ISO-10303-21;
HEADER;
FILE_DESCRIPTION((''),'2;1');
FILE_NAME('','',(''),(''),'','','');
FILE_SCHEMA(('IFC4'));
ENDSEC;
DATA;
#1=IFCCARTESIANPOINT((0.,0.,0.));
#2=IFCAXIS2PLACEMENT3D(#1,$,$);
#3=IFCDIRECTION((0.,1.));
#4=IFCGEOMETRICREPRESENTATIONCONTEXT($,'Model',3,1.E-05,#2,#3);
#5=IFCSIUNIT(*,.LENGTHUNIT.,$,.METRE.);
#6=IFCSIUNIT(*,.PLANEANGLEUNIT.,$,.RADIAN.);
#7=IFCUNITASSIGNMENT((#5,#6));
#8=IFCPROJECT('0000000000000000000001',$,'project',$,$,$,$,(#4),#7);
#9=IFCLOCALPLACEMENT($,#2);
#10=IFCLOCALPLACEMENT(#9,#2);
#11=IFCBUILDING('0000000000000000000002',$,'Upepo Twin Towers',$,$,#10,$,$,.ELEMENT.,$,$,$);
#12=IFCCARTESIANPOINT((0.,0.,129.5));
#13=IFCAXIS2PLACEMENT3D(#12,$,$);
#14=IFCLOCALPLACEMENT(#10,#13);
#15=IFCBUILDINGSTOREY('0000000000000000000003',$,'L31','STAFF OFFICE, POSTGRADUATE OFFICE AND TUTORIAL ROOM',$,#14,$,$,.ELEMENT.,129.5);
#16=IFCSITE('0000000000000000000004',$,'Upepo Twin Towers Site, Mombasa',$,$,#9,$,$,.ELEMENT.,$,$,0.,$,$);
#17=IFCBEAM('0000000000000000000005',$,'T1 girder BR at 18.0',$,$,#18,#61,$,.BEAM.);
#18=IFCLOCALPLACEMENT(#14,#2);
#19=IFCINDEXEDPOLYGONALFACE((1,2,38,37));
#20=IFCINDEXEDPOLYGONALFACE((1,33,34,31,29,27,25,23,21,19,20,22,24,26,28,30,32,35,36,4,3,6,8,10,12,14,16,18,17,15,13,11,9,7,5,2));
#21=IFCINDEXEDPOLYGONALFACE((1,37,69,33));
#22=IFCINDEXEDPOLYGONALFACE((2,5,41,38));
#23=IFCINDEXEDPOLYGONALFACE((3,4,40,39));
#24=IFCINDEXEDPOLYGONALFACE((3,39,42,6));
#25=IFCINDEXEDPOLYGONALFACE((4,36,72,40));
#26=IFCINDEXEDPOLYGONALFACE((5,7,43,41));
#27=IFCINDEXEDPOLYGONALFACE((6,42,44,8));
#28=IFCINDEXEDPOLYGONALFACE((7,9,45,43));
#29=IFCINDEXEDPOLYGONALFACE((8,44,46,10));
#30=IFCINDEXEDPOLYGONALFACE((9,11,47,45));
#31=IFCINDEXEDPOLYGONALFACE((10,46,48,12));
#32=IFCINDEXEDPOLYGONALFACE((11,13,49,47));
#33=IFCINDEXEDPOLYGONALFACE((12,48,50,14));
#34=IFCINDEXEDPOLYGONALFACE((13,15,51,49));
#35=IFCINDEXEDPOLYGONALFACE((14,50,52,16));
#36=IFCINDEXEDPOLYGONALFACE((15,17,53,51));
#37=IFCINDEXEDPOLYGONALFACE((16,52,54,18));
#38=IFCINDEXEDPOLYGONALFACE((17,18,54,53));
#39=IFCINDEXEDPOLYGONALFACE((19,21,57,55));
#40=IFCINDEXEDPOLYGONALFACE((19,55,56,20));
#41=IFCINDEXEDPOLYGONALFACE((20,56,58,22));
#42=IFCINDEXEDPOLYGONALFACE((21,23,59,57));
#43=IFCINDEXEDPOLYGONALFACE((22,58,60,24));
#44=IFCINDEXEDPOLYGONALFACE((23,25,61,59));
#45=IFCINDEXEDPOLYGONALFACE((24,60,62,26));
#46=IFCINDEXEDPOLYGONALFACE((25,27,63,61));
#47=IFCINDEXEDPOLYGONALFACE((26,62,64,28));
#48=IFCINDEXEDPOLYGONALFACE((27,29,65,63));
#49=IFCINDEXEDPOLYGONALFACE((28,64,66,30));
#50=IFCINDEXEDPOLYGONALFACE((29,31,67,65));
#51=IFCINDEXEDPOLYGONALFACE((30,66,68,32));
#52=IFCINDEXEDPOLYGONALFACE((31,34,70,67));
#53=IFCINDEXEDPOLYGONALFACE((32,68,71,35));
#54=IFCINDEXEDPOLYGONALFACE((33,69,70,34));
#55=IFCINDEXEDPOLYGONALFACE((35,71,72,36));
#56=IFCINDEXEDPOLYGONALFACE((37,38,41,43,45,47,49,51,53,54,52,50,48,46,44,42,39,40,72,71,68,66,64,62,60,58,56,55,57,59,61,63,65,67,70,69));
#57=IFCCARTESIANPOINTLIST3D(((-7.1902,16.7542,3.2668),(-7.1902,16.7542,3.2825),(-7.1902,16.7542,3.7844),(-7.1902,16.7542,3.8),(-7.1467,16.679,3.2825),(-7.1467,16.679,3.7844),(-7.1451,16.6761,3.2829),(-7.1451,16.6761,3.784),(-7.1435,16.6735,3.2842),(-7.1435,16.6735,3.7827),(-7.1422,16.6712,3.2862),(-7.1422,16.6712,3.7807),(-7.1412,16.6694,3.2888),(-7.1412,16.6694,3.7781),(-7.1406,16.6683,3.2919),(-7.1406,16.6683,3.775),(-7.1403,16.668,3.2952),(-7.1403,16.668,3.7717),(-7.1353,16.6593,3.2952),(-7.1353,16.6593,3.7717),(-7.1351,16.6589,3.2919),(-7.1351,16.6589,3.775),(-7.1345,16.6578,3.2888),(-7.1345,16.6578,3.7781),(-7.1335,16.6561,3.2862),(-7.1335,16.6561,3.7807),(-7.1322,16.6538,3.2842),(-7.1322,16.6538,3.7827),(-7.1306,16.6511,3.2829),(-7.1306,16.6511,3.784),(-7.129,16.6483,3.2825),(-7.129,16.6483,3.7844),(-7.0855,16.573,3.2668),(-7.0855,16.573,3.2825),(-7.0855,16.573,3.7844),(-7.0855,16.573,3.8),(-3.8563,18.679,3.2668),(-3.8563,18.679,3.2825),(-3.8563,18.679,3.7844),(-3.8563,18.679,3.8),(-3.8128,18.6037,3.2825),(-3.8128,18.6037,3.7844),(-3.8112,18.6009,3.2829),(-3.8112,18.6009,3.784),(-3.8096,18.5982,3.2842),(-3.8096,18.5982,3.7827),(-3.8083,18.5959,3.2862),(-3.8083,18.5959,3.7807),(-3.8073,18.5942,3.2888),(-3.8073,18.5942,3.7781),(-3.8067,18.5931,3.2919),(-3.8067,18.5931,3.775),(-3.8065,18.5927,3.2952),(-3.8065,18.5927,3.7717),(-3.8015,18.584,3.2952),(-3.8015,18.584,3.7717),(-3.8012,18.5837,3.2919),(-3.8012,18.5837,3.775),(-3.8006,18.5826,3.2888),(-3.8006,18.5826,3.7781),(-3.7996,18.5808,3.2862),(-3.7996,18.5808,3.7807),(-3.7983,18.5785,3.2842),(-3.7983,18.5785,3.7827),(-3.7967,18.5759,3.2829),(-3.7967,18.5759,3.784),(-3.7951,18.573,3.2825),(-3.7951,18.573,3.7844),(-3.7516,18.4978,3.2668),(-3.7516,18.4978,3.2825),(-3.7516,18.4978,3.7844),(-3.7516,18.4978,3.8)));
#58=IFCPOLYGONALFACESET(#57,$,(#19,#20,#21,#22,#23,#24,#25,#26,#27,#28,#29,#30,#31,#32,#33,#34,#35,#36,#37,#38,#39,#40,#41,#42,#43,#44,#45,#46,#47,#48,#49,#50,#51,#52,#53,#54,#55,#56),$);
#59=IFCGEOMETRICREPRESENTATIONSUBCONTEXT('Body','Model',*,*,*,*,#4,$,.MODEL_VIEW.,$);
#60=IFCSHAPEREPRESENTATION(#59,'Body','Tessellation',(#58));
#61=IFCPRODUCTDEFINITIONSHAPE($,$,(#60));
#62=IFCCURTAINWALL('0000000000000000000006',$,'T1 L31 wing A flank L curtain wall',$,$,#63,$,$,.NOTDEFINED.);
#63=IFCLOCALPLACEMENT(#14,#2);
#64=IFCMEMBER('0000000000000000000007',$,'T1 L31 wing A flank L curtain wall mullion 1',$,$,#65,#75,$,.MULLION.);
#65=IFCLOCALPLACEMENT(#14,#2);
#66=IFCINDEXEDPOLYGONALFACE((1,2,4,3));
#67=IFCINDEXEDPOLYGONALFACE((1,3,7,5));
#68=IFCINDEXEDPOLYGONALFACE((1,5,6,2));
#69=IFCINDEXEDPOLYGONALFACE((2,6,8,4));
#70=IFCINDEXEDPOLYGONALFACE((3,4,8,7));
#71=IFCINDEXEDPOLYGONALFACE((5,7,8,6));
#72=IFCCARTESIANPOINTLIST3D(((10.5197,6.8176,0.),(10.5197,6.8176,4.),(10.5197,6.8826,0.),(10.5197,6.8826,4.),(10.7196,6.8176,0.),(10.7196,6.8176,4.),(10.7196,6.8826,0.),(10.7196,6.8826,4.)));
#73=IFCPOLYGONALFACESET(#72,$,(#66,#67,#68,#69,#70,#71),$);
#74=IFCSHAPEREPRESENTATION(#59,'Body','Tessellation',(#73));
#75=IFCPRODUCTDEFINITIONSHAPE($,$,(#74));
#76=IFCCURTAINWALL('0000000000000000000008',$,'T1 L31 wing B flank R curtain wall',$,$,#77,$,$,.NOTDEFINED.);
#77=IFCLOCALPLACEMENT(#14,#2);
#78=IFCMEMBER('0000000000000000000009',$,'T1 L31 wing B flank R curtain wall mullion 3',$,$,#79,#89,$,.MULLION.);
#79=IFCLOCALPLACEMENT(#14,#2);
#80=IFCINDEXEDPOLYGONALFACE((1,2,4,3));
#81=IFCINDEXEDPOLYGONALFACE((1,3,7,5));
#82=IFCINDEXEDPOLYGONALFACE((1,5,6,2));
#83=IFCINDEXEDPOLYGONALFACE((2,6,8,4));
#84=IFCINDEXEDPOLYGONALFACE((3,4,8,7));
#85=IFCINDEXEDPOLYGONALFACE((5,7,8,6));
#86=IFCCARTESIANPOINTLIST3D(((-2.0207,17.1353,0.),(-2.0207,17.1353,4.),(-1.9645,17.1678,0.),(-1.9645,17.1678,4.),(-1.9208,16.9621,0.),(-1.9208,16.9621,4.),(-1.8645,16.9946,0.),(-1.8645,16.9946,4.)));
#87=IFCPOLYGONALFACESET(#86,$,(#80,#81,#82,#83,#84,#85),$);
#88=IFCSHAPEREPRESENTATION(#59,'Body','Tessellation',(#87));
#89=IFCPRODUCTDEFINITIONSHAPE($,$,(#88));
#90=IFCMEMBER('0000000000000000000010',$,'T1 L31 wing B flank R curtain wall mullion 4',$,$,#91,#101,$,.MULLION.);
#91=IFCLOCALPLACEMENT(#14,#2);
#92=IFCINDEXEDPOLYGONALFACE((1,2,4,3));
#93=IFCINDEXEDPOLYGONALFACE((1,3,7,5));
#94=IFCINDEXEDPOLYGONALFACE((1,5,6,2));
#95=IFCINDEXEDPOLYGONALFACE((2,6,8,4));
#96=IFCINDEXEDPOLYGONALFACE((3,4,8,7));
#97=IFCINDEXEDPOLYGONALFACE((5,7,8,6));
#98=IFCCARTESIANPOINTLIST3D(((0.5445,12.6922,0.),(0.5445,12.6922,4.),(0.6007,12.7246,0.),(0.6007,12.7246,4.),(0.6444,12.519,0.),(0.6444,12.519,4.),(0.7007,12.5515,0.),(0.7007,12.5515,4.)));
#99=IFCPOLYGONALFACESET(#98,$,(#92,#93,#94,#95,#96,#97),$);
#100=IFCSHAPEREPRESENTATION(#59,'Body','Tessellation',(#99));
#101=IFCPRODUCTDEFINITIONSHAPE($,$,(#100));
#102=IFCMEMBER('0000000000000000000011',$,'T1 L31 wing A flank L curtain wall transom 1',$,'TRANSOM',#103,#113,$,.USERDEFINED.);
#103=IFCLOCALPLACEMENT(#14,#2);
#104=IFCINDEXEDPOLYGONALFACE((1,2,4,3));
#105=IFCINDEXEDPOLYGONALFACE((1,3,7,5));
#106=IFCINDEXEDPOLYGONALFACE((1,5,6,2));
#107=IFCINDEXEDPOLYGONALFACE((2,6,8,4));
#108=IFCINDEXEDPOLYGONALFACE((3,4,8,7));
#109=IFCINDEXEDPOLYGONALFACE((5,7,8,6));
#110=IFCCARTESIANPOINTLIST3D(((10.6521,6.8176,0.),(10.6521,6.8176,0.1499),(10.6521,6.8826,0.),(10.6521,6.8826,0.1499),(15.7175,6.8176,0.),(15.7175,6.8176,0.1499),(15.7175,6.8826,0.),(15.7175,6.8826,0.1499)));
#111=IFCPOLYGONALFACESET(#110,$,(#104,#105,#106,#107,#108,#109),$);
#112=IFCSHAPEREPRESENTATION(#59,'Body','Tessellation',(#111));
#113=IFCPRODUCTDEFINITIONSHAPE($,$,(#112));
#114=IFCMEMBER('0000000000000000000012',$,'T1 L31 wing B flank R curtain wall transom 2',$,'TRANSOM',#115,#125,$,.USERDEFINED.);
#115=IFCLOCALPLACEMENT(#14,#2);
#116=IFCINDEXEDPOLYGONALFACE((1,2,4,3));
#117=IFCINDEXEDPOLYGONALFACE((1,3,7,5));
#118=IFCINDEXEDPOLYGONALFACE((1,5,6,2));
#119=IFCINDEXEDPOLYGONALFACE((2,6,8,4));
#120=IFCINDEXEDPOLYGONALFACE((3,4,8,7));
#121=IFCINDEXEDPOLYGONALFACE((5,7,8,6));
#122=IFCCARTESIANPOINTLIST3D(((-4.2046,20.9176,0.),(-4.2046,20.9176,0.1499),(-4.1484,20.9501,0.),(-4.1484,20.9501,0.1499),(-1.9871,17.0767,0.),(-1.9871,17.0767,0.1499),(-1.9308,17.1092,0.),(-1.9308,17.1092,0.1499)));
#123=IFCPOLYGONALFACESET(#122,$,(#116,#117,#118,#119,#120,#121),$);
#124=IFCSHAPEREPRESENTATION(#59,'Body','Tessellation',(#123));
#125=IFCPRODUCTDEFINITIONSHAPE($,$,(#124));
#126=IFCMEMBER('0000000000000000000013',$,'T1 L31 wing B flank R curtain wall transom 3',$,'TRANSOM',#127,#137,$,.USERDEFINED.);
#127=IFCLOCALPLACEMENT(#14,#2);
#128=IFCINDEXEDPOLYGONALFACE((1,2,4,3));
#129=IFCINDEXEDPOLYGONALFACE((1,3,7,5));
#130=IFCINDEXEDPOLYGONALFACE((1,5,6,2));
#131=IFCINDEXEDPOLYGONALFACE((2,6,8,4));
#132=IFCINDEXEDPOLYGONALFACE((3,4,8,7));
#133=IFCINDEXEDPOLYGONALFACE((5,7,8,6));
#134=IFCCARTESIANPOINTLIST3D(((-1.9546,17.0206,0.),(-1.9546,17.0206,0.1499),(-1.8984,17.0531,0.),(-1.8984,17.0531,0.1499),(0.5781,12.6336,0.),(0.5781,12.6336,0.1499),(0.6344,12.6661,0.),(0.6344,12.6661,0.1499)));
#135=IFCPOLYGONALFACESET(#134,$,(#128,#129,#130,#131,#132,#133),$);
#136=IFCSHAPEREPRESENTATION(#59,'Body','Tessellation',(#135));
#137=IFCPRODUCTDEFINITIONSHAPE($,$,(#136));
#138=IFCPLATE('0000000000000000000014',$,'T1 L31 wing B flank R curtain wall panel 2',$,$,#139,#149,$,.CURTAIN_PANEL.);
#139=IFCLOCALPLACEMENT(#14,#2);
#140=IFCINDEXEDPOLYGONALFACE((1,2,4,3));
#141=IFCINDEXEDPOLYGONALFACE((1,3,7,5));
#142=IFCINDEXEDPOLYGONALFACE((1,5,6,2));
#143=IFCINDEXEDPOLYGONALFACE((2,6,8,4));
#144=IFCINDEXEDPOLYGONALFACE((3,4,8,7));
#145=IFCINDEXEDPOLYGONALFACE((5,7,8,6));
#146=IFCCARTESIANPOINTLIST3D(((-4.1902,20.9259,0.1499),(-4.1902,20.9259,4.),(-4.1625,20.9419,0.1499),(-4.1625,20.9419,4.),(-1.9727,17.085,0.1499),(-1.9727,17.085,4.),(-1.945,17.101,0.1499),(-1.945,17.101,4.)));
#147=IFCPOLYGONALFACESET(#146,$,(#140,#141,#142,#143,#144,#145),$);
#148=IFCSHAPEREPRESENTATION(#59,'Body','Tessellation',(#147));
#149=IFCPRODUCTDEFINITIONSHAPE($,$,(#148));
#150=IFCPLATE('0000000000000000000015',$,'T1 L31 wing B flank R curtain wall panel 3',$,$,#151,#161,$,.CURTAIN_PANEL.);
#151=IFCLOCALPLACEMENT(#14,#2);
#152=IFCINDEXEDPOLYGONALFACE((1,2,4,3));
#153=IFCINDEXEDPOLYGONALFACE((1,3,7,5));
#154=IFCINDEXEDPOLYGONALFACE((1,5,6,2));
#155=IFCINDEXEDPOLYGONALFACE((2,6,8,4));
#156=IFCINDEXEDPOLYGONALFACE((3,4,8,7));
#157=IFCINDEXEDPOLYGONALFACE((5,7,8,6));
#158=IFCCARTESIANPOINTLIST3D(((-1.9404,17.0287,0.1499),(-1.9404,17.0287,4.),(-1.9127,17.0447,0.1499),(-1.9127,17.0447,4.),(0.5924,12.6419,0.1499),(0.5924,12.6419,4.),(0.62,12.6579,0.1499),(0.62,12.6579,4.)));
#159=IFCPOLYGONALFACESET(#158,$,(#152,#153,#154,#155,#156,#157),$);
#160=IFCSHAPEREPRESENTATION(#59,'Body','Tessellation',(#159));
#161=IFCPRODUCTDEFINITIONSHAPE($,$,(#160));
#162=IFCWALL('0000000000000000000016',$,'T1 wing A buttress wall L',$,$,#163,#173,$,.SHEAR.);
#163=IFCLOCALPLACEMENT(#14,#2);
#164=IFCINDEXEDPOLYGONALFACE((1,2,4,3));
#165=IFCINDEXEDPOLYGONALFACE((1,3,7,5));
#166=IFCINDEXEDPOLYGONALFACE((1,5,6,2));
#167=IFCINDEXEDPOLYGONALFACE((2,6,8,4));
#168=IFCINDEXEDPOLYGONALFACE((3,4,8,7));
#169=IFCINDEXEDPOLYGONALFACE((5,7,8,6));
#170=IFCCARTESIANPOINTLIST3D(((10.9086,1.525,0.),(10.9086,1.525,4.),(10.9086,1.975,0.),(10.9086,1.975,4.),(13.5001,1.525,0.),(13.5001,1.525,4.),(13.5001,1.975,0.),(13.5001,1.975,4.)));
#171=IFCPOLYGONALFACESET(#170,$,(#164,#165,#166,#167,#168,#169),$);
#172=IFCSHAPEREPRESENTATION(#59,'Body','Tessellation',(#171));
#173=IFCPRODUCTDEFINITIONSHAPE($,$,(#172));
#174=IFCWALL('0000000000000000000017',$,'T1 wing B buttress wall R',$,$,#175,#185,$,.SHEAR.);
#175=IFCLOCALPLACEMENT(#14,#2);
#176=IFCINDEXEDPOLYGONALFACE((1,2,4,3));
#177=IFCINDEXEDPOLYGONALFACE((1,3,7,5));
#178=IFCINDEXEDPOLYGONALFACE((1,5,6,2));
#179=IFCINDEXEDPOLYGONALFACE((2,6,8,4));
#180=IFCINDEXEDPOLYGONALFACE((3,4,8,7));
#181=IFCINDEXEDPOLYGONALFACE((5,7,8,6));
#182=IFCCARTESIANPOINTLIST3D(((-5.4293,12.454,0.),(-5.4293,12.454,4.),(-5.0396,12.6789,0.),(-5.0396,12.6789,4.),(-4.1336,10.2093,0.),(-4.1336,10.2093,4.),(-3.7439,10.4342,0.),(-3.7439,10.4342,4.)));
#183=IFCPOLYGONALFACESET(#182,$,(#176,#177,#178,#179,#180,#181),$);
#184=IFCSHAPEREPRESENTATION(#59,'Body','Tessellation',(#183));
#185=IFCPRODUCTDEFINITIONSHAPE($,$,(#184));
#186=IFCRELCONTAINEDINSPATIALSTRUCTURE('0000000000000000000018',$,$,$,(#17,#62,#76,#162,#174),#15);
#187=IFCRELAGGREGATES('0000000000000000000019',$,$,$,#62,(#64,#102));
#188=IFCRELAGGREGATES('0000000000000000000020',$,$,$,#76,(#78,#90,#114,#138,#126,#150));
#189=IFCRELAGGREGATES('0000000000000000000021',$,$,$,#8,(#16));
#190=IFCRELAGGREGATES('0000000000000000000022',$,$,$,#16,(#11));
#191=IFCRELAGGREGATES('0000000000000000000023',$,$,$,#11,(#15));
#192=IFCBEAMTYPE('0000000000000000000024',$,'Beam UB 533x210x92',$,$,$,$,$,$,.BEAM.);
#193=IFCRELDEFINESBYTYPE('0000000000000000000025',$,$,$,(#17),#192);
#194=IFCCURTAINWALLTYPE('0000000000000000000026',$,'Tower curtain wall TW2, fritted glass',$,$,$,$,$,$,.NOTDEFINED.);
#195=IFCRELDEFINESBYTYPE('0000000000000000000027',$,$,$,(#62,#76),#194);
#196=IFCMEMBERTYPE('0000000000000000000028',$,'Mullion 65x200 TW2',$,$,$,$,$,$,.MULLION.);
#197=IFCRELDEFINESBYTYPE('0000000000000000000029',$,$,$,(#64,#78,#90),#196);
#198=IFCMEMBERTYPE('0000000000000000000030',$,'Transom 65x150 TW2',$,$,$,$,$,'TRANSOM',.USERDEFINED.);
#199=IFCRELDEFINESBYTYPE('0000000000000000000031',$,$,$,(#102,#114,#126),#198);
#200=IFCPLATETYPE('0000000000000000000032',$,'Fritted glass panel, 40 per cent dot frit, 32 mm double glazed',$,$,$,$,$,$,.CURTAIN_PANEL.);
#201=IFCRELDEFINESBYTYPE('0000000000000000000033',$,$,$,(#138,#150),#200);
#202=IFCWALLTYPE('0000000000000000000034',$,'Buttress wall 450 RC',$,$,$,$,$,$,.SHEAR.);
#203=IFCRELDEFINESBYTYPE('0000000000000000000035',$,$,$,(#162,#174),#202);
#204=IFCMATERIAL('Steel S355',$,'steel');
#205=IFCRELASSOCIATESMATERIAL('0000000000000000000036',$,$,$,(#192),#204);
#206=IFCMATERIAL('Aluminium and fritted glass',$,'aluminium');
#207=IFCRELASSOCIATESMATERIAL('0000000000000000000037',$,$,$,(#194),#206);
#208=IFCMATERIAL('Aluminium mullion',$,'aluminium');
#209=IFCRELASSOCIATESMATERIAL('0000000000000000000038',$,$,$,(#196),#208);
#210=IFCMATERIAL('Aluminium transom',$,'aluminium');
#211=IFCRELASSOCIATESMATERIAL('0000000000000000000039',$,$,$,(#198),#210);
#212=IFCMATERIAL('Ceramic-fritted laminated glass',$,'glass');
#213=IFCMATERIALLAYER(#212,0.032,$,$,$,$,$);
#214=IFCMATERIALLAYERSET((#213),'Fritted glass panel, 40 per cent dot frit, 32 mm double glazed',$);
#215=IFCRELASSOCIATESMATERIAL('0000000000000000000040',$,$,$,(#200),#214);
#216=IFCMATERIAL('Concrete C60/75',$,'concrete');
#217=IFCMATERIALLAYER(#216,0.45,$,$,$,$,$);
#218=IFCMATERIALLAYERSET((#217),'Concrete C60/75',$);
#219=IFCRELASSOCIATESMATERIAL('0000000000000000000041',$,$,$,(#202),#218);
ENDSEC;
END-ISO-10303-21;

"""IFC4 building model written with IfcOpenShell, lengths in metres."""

from ifc_helpers import new_model, si_unit, direction, frame, frame_2d, origin, origin_2d, place, context, subcontext, project, spatial, rectangle, i_section, extrude, material, layer, layer_set, material_profile, profile_set, type_object, element, aggregate, save


model = new_model("IFC4")

# Units and contexts
model_context = context("Model", 3, precision=1e-05, world=origin(), true_north=direction((0.0, 1.0)))
body_context = subcontext(model_context, "Body", "Model", "MODEL_VIEW")
ifc_project = project(units=[si_unit("LENGTHUNIT", "METRE"), si_unit("PLANEANGLEUNIT", "RADIAN")], contexts=[model_context])

# Site, building, storey
site_placement = place(None, origin())
site = spatial("IfcSite", under=ifc_project, at=site_placement, Name="Upepo Twin Towers Site, Mombasa", CompositionType="ELEMENT", RefElevation=0.0)
building_placement = place(site_placement, origin())
building = spatial("IfcBuilding", under=site, at=building_placement, Name="Upepo Twin Towers", CompositionType="ELEMENT")
storey_placement = place(building_placement, frame((0.0, 0.0, 129.5)))
storey = spatial("IfcBuildingStorey", under=building, at=storey_placement, Name="L31", Description="STAFF OFFICE, POSTGRADUATE OFFICE AND TUTORIAL ROOM", CompositionType="ELEMENT", Elevation=129.5)

# Beam
ifc_material_1 = material(Name="Steel S355", Category="steel")
ifc_material_profile_1 = material_profile(ifc_material_1, i_section(OverallWidth=0.2092, OverallDepth=0.5332, WebThickness=0.01, FlangeThickness=0.0156, FilletRadius=0.0127, at=origin_2d()), Name="UB 533x210x92")
ifc_profile_set_1 = profile_set([ifc_material_profile_1], Name="Steel S355")
beam_type_1 = type_object("IfcBeamType", Name="Beam UB 533x210x92", PredefinedType="BEAM", material=ifc_profile_set_1)
beam_1_placement = place(storey_placement, frame((-3.804, 18.5884, 3.5334), z_axis=(-0.866034, -0.499986, 0.0), x_axis=(0.499986, -0.866034, 0.0)))
element("IfcBeam", 1, at=beam_1_placement, inside=storey, type_object=beam_type_1, Name="T1 girder BR at 18.0", PredefinedType="BEAM", context=body_context, shape_type="SweptSolid", body=[
    extrude(i_section(OverallWidth=0.2092, OverallDepth=0.5332, WebThickness=0.01, FlangeThickness=0.0156, FilletRadius=0.0127, at=origin_2d()), origin(), (0.0, 0.0, 1.0), 3.8496),
])

# Curtain wall, member
ifc_material_2 = material(Name="Aluminium and fritted glass", Category="aluminium")
curtain_wall_type = type_object("IfcCurtainWallType", Name="Tower curtain wall TW2, fritted glass", PredefinedType="NOTDEFINED", material=ifc_material_2)
curtain_wall_1_placement = place(storey_placement, origin())
curtain_wall_1 = element("IfcCurtainWall", 2, at=curtain_wall_1_placement, inside=storey, type_object=curtain_wall_type, Name="T1 L31 wing A flank L curtain wall", PredefinedType="NOTDEFINED")
ifc_material_3 = material(Name="Aluminium mullion", Category="aluminium")
ifc_material_profile_2 = material_profile(ifc_material_3, rectangle(XDim=0.0649, YDim=0.2, at=origin_2d()), Name="MULLION 65x200")
ifc_profile_set_2 = profile_set([ifc_material_profile_2], Name="Aluminium mullion")
member_type_1 = type_object("IfcMemberType", Name="Mullion 65x200 TW2", PredefinedType="MULLION", material=ifc_profile_set_2)
member_1_placement = place(storey_placement, frame((10.6196, 6.8501, 0.0), z_axis=(0.0, 0.0, 1.0), x_axis=(0.0, 1.0, 0.0)))
member_1 = element("IfcMember", 3, at=member_1_placement, type_object=member_type_1, Name="T1 L31 wing A flank L curtain wall mullion 1", PredefinedType="MULLION", context=body_context, shape_type="SweptSolid", body=[
    extrude(rectangle(XDim=0.0649, YDim=0.2, at=origin_2d()), origin(), (0.0, 0.0, 1.0), 4.0),
])

# Curtain wall, members
curtain_wall_2_placement = place(storey_placement, origin())
curtain_wall_2 = element("IfcCurtainWall", 4, at=curtain_wall_2_placement, inside=storey, type_object=curtain_wall_type, Name="T1 L31 wing B flank R curtain wall", PredefinedType="NOTDEFINED")
member_2_placement = place(storey_placement, frame((-1.9426, 17.0649, 0.0), z_axis=(0.0, 0.0, 1.0), x_axis=(0.866025, 0.5, 0.0)))
member_2 = element("IfcMember", 5, at=member_2_placement, type_object=member_type_1, Name="T1 L31 wing B flank R curtain wall mullion 3", PredefinedType="MULLION", context=body_context, shape_type="SweptSolid", body=[
    extrude(rectangle(XDim=0.0649, YDim=0.2, at=origin_2d()), origin(), (0.0, 0.0, 1.0), 4.0),
])
member_3_placement = place(storey_placement, frame((0.6226, 12.6218, 0.0), z_axis=(0.0, 0.0, 1.0), x_axis=(0.866025, 0.5, 0.0)))
member_3 = element("IfcMember", 6, at=member_3_placement, type_object=member_type_1, Name="T1 L31 wing B flank R curtain wall mullion 4", PredefinedType="MULLION", context=body_context, shape_type="SweptSolid", body=[
    extrude(rectangle(XDim=0.0649, YDim=0.2, at=origin_2d()), origin(), (0.0, 0.0, 1.0), 4.0),
])

# Members
ifc_material_4 = material(Name="Aluminium transom", Category="aluminium")
ifc_material_profile_3 = material_profile(ifc_material_4, rectangle(XDim=0.0649, YDim=0.1499, at=origin_2d()), Name="TRANSOM 65x150")
ifc_profile_set_3 = profile_set([ifc_material_profile_3], Name="Aluminium transom")
member_type_2 = type_object("IfcMemberType", Name="Transom 65x150 TW2", ElementType="TRANSOM", PredefinedType="USERDEFINED", material=ifc_profile_set_3)
member_4_placement = place(storey_placement, frame((10.6521, 6.8501, 0.075), z_axis=(1.0, 0.0, 0.0), x_axis=(0.0, 1.0, 0.0)))
member_4 = element("IfcMember", 7, at=member_4_placement, type_object=member_type_2, Name="T1 L31 wing A flank L curtain wall transom 1", ObjectType="TRANSOM", PredefinedType="USERDEFINED", context=body_context, shape_type="SweptSolid", body=[
    extrude(rectangle(XDim=0.0649, YDim=0.1499, at=origin_2d()), origin(), (0.0, 0.0, 1.0), 5.0654),
])
aggregate(curtain_wall_1, [member_1, member_4])
member_5_placement = place(storey_placement, frame((-4.1765, 20.9338, 0.075), z_axis=(0.500005, -0.866022, 0.0), x_axis=(0.866022, 0.500005, 0.0)))
member_5 = element("IfcMember", 8, at=member_5_placement, type_object=member_type_2, Name="T1 L31 wing B flank R curtain wall transom 2", ObjectType="TRANSOM", PredefinedType="USERDEFINED", context=body_context, shape_type="SweptSolid", body=[
    extrude(rectangle(XDim=0.0649, YDim=0.1499, at=origin_2d()), origin(), (0.0, 0.0, 1.0), 4.4351),
])
member_6_placement = place(storey_placement, frame((-1.9265, 17.0369, 0.075), z_axis=(0.499985, -0.866034, 0.0), x_axis=(0.866034, 0.499985, 0.0)))
member_6 = element("IfcMember", 9, at=member_6_placement, type_object=member_type_2, Name="T1 L31 wing B flank R curtain wall transom 3", ObjectType="TRANSOM", PredefinedType="USERDEFINED", context=body_context, shape_type="SweptSolid", body=[
    extrude(rectangle(XDim=0.0649, YDim=0.1499, at=origin_2d()), origin(), (0.0, 0.0, 1.0), 5.0657),
])

# Plates
ifc_material_5 = material(Name="Ceramic-fritted laminated glass", Category="glass")
ifc_layer_1 = layer(ifc_material_5, 0.032)
ifc_layer_set_1 = layer_set([ifc_layer_1], Name="Fritted glass panel, 40 per cent dot frit, 32 mm double glazed")
plate_type = type_object("IfcPlateType", Name="Fritted glass panel, 40 per cent dot frit, 32 mm double glazed", PredefinedType="CURTAIN_PANEL", material=ifc_layer_set_1)
plate_1_placement = place(storey_placement, frame((-3.0676, 19.0134, 0.1499), z_axis=(0.0, 0.0, 1.0), x_axis=(0.5, -0.866025, 0.0)))
plate_1 = element("IfcPlate", 10, at=plate_1_placement, type_object=plate_type, Name="T1 L31 wing B flank R curtain wall panel 2", PredefinedType="CURTAIN_PANEL", context=body_context, shape_type="SweptSolid", body=[
    extrude(rectangle(XDim=4.4351, YDim=0.032, at=origin_2d()), origin(), (0.0, 0.0, 1.0), 3.8501),
])
plate_2_placement = place(storey_placement, frame((-0.6602, 14.8433, 0.1499), z_axis=(0.0, 0.0, 1.0), x_axis=(0.5, -0.866025, 0.0)))
plate_2 = element("IfcPlate", 11, at=plate_2_placement, type_object=plate_type, Name="T1 L31 wing B flank R curtain wall panel 3", PredefinedType="CURTAIN_PANEL", context=body_context, shape_type="SweptSolid", body=[
    extrude(rectangle(XDim=5.0654, YDim=0.032, at=origin_2d()), origin(), (0.0, 0.0, 1.0), 3.8501),
])
aggregate(curtain_wall_2, [member_2, member_3, member_5, plate_1, member_6, plate_2])

# Walls
ifc_material_6 = material(Name="Concrete C60/75", Category="concrete")
ifc_layer_2 = layer(ifc_material_6, 0.45)
ifc_layer_set_2 = layer_set([ifc_layer_2], Name="Concrete C60/75")
wall_type_1 = type_object("IfcWallType", Name="Buttress wall 450 RC", PredefinedType="SHEAR", material=ifc_layer_set_2)
wall_1_placement = place(storey_placement, frame((10.9084, 1.75, 0.0), z_axis=(0.0, 0.0, 1.0), x_axis=(1.0, 0.0, 0.0)))
element("IfcWall", 12, at=wall_1_placement, inside=storey, type_object=wall_type_1, Name="T1 wing A buttress wall L", PredefinedType="SHEAR", context=body_context, shape_type="SweptSolid", body=[
    extrude(rectangle(XDim=2.5916, YDim=0.45, at=frame_2d((1.2959, 0.0))), origin(), (0.0, 0.0, 1.0), 4.0),
])
wall_2_placement = place(storey_placement, frame((-3.9387, 10.3218, 0.0), z_axis=(0.0, 0.0, 1.0), x_axis=(-0.499918, 0.866073, 0.0)))
element("IfcWall", 13, at=wall_2_placement, inside=storey, type_object=wall_type_1, Name="T1 wing B buttress wall R", PredefinedType="SHEAR", context=body_context, shape_type="SweptSolid", body=[
    extrude(rectangle(XDim=2.5918, YDim=0.45, at=frame_2d((1.2959, 0.0))), origin(), (0.0, 0.0, 1.0), 4.0),
])

save(model, "model.ifc")
